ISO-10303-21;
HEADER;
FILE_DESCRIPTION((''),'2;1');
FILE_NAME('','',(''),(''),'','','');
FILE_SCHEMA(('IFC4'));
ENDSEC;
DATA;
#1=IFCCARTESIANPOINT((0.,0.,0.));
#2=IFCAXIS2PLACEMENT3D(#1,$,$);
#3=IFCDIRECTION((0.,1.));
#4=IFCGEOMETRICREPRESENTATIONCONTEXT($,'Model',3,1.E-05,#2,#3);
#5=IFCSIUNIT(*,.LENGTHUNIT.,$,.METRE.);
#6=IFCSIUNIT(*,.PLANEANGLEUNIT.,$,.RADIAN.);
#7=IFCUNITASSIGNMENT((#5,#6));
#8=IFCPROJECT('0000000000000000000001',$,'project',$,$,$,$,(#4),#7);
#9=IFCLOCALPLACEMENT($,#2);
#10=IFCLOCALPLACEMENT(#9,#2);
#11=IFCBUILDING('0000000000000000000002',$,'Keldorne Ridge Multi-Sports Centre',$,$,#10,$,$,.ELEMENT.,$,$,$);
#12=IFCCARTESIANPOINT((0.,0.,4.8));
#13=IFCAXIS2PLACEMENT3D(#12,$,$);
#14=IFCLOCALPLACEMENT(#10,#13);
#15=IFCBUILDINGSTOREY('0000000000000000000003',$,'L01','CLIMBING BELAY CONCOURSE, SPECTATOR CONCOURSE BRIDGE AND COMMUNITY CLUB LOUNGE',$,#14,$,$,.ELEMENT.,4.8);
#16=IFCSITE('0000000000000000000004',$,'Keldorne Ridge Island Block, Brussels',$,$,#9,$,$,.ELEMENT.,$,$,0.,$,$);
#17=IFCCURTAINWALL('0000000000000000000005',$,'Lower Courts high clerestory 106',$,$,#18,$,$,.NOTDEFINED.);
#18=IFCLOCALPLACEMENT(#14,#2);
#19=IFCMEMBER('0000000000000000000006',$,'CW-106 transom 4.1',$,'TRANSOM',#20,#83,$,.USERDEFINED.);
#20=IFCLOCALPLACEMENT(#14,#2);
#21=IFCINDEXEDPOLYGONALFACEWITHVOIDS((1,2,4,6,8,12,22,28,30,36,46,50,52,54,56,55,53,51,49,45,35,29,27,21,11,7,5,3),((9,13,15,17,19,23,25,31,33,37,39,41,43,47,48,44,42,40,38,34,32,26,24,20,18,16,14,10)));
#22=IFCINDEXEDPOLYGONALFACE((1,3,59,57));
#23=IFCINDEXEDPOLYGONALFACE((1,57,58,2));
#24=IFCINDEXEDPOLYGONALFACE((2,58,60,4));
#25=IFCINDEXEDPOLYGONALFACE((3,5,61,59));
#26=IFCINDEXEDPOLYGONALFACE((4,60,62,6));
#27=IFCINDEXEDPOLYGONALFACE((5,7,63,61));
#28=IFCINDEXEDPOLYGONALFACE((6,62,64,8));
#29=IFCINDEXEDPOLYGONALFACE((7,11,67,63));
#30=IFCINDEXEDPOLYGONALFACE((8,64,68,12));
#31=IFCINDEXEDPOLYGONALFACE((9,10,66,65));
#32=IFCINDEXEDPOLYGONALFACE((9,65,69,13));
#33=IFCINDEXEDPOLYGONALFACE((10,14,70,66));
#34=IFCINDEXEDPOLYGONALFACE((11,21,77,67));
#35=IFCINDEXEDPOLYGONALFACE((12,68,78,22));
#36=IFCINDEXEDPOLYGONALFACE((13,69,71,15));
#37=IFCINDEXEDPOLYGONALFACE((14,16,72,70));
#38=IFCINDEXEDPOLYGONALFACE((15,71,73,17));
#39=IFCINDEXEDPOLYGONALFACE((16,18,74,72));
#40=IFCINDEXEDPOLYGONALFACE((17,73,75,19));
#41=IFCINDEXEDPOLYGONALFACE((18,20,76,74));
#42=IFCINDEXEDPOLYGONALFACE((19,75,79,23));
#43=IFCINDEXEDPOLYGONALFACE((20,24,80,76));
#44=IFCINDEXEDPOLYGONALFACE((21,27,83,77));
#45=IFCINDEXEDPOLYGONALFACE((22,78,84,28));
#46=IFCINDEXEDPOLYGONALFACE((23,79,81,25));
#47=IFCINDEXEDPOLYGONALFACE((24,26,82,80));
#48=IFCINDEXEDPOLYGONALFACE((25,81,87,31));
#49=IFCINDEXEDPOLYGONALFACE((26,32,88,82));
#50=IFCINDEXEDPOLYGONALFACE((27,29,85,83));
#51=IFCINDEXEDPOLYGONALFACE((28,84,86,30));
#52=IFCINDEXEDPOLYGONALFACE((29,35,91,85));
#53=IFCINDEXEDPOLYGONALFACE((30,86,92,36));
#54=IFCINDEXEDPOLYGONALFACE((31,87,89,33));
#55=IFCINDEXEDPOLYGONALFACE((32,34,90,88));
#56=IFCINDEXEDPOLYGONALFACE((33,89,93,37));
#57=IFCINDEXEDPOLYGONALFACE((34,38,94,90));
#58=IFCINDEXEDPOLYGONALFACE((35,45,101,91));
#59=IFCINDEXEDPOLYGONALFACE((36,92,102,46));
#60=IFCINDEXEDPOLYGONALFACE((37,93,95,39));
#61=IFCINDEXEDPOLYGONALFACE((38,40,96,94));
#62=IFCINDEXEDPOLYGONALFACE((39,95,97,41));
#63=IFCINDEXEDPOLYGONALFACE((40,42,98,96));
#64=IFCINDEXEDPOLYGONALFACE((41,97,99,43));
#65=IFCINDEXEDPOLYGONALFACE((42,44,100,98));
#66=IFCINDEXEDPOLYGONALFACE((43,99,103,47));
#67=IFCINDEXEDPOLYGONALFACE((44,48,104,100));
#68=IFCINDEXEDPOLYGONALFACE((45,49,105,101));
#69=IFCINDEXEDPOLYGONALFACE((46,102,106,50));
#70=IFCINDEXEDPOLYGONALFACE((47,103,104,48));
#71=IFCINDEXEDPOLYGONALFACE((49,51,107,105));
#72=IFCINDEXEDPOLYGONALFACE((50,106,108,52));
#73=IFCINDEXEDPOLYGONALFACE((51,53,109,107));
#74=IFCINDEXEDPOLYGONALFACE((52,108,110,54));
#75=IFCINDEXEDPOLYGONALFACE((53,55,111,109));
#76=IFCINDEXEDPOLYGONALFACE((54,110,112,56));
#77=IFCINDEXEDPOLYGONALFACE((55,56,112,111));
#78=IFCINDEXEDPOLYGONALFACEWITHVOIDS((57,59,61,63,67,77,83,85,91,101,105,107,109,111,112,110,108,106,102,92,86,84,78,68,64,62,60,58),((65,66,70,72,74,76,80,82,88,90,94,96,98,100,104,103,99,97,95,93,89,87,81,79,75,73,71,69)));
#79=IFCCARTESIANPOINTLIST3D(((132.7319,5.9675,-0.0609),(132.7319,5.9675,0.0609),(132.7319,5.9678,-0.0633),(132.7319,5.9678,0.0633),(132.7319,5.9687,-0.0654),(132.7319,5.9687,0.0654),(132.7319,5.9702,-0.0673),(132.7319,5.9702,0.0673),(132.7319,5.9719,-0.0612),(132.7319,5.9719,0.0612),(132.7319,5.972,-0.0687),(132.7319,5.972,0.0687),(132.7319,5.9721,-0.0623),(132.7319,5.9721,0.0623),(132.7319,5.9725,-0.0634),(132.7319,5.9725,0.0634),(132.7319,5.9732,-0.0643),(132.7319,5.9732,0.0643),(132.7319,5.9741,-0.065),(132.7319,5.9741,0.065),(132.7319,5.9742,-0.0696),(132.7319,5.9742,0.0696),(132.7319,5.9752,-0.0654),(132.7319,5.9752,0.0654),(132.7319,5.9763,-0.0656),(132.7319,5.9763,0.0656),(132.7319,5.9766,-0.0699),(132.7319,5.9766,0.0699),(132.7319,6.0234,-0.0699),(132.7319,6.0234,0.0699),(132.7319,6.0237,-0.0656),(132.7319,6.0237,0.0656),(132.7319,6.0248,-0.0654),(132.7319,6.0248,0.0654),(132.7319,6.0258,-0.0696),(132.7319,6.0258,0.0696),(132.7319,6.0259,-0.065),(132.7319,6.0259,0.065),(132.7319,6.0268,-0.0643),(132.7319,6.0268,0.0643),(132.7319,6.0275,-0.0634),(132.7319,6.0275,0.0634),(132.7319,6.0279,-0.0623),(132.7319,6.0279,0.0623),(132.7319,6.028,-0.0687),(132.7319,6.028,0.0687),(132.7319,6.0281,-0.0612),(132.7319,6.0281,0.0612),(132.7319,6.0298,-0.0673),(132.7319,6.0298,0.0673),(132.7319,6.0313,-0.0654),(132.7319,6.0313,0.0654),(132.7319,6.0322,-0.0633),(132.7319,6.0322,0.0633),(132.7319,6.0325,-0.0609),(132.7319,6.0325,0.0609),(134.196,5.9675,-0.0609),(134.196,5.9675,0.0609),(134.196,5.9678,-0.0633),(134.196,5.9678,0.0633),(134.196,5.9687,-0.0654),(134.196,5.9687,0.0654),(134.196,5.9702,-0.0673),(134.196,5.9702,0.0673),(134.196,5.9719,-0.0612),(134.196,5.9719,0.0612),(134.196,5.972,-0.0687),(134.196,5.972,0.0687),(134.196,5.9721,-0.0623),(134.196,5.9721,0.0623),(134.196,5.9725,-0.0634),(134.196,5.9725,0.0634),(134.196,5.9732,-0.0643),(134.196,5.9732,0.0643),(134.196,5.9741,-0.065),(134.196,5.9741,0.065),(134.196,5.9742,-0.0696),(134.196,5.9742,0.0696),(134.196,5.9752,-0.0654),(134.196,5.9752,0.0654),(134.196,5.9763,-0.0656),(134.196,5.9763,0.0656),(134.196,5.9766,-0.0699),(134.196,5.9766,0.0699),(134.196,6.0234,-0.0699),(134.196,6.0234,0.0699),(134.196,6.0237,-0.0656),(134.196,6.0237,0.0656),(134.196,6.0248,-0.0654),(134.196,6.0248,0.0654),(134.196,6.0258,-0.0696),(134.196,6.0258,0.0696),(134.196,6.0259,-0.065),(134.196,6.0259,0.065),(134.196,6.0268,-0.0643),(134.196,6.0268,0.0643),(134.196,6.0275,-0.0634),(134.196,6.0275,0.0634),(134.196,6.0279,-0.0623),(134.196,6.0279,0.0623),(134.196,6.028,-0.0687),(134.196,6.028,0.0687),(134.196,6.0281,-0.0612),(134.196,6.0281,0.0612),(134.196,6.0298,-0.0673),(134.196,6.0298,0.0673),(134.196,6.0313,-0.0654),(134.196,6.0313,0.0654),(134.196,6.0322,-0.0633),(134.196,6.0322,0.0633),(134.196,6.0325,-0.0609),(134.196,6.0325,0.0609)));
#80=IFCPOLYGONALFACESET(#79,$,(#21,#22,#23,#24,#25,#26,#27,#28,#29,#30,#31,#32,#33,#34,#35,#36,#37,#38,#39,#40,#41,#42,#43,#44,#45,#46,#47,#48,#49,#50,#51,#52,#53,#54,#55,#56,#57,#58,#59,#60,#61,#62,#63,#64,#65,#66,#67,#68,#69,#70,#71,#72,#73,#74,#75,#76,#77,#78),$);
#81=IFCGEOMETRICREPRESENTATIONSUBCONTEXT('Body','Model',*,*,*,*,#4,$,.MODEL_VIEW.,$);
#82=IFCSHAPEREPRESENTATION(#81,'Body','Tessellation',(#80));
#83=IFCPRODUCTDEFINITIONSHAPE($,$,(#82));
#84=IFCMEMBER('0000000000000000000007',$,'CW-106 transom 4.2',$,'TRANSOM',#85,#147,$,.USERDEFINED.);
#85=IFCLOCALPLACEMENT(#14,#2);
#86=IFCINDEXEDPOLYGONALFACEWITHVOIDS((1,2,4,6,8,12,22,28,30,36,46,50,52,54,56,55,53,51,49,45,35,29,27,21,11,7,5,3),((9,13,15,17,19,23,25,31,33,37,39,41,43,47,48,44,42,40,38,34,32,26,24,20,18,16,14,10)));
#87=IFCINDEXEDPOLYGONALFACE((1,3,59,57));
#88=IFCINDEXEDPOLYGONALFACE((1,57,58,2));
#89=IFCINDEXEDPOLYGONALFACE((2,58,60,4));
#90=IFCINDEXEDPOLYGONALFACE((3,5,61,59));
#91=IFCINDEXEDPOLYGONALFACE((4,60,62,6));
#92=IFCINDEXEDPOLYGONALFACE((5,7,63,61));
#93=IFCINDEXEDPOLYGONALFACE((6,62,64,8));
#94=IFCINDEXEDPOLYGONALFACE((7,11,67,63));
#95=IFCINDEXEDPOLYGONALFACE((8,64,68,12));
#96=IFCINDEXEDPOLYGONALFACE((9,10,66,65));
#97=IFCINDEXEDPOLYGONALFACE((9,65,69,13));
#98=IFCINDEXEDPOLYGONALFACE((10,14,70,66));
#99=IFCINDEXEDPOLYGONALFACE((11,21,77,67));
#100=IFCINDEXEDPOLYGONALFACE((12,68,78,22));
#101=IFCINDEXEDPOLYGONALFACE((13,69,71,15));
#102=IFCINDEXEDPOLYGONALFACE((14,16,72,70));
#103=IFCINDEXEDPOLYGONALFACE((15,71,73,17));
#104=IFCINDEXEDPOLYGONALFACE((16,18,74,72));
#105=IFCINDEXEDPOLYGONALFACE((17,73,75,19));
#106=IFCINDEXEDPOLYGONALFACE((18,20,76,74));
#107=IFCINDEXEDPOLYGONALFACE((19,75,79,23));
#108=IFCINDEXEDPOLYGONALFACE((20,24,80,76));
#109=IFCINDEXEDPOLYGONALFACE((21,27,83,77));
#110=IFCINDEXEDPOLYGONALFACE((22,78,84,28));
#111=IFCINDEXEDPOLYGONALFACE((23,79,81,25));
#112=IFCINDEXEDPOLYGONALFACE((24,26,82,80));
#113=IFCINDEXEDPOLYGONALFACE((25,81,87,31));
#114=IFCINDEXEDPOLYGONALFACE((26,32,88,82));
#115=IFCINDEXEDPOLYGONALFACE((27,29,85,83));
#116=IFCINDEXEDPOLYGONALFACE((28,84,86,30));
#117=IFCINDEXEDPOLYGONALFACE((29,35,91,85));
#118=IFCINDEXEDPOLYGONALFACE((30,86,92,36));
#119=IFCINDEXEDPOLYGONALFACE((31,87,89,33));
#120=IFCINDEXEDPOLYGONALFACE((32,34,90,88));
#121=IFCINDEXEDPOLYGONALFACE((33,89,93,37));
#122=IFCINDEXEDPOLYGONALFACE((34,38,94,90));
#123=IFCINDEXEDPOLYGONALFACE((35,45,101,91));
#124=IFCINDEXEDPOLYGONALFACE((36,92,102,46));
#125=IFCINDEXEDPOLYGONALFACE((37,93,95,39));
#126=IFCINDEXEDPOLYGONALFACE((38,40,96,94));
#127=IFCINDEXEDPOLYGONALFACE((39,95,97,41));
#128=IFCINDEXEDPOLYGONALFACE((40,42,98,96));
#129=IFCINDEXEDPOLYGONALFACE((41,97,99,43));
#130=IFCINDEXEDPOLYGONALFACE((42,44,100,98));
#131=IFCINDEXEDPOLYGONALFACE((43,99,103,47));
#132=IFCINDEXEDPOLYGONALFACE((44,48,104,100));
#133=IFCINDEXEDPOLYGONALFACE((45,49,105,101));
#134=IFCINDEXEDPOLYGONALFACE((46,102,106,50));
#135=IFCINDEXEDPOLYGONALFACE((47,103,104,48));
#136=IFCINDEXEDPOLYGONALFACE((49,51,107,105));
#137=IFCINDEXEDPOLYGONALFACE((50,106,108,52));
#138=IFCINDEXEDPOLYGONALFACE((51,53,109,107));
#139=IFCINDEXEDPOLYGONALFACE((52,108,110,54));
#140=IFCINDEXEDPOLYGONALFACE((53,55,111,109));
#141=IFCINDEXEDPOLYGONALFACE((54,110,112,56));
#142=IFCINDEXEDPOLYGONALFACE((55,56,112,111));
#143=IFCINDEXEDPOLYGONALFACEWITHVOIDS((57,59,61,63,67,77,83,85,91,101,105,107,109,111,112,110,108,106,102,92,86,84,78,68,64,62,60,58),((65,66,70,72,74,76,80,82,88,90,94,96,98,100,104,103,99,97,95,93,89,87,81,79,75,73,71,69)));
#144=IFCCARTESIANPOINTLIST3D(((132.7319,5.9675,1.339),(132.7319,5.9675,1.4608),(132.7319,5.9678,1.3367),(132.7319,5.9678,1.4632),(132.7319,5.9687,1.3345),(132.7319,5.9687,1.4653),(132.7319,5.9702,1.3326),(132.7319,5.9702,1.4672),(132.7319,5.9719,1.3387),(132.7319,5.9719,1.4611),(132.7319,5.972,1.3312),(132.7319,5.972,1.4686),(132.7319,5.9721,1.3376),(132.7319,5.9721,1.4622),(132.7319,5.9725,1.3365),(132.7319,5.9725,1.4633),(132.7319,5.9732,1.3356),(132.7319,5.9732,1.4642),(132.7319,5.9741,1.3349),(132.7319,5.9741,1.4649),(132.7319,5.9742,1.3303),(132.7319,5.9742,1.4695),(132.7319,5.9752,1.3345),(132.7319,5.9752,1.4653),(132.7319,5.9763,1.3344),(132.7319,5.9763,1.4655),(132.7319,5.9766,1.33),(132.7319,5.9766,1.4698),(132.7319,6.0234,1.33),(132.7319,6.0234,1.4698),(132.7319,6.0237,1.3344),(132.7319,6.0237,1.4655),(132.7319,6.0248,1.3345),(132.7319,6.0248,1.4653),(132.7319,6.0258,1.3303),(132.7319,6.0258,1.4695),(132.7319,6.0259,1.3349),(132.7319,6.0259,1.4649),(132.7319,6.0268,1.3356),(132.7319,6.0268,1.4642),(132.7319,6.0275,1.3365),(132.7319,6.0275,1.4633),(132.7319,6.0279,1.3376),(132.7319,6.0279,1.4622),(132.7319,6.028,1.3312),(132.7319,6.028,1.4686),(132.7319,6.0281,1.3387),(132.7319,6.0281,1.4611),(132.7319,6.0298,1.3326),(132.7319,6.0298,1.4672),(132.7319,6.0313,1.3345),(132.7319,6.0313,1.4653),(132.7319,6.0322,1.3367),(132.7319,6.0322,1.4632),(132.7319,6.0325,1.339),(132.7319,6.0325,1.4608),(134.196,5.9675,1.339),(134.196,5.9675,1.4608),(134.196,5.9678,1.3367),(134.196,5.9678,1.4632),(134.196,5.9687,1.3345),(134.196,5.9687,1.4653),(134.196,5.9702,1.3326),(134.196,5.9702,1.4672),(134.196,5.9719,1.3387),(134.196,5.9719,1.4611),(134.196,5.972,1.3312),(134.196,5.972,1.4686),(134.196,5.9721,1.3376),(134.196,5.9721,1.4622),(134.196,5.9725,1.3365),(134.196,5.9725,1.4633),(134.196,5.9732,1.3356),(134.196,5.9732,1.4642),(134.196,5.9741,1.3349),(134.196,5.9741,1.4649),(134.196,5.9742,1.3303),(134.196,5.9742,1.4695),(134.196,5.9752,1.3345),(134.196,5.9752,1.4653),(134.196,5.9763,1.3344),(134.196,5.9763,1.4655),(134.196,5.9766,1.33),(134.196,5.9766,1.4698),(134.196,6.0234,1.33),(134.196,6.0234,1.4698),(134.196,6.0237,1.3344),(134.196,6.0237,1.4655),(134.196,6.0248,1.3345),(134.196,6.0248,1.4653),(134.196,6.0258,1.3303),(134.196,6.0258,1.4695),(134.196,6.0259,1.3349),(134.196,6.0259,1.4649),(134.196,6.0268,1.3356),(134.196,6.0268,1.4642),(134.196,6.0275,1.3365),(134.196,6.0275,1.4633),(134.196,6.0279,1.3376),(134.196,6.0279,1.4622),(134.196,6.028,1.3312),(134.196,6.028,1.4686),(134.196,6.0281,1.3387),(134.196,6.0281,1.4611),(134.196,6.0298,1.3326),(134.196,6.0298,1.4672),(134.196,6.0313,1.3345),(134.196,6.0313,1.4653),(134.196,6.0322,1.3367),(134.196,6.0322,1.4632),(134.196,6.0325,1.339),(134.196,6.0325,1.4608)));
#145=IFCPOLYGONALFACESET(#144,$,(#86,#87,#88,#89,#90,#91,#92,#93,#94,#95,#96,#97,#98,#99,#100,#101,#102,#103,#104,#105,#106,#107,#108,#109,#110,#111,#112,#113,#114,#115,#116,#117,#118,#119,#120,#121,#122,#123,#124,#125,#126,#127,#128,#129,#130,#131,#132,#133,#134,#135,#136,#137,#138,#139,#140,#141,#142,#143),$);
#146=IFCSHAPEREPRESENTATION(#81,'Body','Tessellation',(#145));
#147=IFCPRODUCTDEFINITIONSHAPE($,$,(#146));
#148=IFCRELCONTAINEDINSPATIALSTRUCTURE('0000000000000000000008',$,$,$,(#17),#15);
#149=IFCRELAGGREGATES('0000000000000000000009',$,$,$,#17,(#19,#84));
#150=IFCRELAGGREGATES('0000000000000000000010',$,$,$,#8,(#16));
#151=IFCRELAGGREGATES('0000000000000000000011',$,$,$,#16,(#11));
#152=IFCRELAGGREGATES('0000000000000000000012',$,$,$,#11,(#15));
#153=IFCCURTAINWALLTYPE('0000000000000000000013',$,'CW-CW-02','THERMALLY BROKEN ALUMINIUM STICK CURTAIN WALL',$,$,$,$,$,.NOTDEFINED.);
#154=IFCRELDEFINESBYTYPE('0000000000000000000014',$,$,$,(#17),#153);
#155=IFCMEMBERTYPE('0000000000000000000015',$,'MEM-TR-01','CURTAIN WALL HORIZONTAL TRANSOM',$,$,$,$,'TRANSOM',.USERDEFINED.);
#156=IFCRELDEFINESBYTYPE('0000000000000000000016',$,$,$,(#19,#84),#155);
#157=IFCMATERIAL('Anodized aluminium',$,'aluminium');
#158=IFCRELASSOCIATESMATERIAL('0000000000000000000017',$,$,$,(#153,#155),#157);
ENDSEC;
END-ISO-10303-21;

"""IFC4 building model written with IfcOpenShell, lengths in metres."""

from ifc_helpers import new_model, si_unit, direction, frame, origin, origin_2d, place, context, subcontext, project, spatial, hollow_rectangle, extrude, material, material_profile, profile_set, type_object, element, aggregate, save


model = new_model("IFC4")

# Units and contexts
model_context = context("Model", 3, precision=1e-05, world=origin(), true_north=direction((0.0, 1.0)))
body_context = subcontext(model_context, "Body", "Model", "MODEL_VIEW")
ifc_project = project(units=[si_unit("LENGTHUNIT", "METRE"), si_unit("PLANEANGLEUNIT", "RADIAN")], contexts=[model_context])

# Site, building, storey
site_placement = place(None, origin())
site = spatial("IfcSite", under=ifc_project, at=site_placement, Name="Keldorne Ridge Island Block, Brussels", CompositionType="ELEMENT", RefElevation=0.0)
building_placement = place(site_placement, origin())
building = spatial("IfcBuilding", under=site, at=building_placement, Name="Keldorne Ridge Multi-Sports Centre", CompositionType="ELEMENT")
storey_placement = place(building_placement, frame((0.0, 0.0, 4.8)))
storey = spatial("IfcBuildingStorey", under=building, at=storey_placement, Name="L01", Description="CLIMBING BELAY CONCOURSE, SPECTATOR CONCOURSE BRIDGE AND COMMUNITY CLUB LOUNGE", CompositionType="ELEMENT", Elevation=4.8)

# Curtain wall, members
ifc_material_1 = material(Name="Anodized aluminium", Category="aluminium")
curtain_wall_type = type_object("IfcCurtainWallType", Name="CW-CW-02", Description="THERMALLY BROKEN ALUMINIUM STICK CURTAIN WALL", PredefinedType="NOTDEFINED", material=ifc_material_1)
curtain_wall_placement = place(storey_placement, origin())
curtain_wall = element("IfcCurtainWall", 1, at=curtain_wall_placement, inside=storey, type_object=curtain_wall_type, Name="Lower Courts high clerestory 106", PredefinedType="NOTDEFINED")
ifc_material_profile_1 = material_profile(ifc_material_1, hollow_rectangle(XDim=0.0649, YDim=0.1399, WallThickness=0.0044, InnerFilletRadius=0.0044, OuterFilletRadius=0.009, at=origin_2d()), Name="ALU TRANSOM 140x65x4.5")
ifc_profile_set_1 = profile_set([ifc_material_profile_1], Name="Anodized aluminium")
member_type_1 = type_object("IfcMemberType", Name="MEM-TR-01", Description="CURTAIN WALL HORIZONTAL TRANSOM", ElementType="TRANSOM", PredefinedType="USERDEFINED", material=ifc_profile_set_1)
member_1_placement = place(storey_placement, frame((132.7319, 6.0, 0.0), z_axis=(1.0, 0.0, 0.0), x_axis=(0.0, 1.0, 0.0)))
member_1 = element("IfcMember", 2, at=member_1_placement, type_object=member_type_1, Name="CW-106 transom 4.1", ObjectType="TRANSOM", PredefinedType="USERDEFINED", context=body_context, shape_type="SweptSolid", body=[
    extrude(hollow_rectangle(XDim=0.0649, YDim=0.1399, WallThickness=0.0044, InnerFilletRadius=0.0044, OuterFilletRadius=0.009, at=origin_2d()), origin(), (0.0, 0.0, 1.0), 1.4641),
])
member_2_placement = place(storey_placement, frame((132.7319, 6.0, 1.3999), z_axis=(1.0, 0.0, 0.0), x_axis=(0.0, 1.0, 0.0)))
member_2 = element("IfcMember", 3, at=member_2_placement, type_object=member_type_1, Name="CW-106 transom 4.2", ObjectType="TRANSOM", PredefinedType="USERDEFINED", context=body_context, shape_type="SweptSolid", body=[
    extrude(hollow_rectangle(XDim=0.0649, YDim=0.1399, WallThickness=0.0044, InnerFilletRadius=0.0044, OuterFilletRadius=0.009, at=origin_2d()), origin(), (0.0, 0.0, 1.0), 1.4641),
])

aggregate(curtain_wall, [member_1, member_2])

save(model, "model.ifc")
